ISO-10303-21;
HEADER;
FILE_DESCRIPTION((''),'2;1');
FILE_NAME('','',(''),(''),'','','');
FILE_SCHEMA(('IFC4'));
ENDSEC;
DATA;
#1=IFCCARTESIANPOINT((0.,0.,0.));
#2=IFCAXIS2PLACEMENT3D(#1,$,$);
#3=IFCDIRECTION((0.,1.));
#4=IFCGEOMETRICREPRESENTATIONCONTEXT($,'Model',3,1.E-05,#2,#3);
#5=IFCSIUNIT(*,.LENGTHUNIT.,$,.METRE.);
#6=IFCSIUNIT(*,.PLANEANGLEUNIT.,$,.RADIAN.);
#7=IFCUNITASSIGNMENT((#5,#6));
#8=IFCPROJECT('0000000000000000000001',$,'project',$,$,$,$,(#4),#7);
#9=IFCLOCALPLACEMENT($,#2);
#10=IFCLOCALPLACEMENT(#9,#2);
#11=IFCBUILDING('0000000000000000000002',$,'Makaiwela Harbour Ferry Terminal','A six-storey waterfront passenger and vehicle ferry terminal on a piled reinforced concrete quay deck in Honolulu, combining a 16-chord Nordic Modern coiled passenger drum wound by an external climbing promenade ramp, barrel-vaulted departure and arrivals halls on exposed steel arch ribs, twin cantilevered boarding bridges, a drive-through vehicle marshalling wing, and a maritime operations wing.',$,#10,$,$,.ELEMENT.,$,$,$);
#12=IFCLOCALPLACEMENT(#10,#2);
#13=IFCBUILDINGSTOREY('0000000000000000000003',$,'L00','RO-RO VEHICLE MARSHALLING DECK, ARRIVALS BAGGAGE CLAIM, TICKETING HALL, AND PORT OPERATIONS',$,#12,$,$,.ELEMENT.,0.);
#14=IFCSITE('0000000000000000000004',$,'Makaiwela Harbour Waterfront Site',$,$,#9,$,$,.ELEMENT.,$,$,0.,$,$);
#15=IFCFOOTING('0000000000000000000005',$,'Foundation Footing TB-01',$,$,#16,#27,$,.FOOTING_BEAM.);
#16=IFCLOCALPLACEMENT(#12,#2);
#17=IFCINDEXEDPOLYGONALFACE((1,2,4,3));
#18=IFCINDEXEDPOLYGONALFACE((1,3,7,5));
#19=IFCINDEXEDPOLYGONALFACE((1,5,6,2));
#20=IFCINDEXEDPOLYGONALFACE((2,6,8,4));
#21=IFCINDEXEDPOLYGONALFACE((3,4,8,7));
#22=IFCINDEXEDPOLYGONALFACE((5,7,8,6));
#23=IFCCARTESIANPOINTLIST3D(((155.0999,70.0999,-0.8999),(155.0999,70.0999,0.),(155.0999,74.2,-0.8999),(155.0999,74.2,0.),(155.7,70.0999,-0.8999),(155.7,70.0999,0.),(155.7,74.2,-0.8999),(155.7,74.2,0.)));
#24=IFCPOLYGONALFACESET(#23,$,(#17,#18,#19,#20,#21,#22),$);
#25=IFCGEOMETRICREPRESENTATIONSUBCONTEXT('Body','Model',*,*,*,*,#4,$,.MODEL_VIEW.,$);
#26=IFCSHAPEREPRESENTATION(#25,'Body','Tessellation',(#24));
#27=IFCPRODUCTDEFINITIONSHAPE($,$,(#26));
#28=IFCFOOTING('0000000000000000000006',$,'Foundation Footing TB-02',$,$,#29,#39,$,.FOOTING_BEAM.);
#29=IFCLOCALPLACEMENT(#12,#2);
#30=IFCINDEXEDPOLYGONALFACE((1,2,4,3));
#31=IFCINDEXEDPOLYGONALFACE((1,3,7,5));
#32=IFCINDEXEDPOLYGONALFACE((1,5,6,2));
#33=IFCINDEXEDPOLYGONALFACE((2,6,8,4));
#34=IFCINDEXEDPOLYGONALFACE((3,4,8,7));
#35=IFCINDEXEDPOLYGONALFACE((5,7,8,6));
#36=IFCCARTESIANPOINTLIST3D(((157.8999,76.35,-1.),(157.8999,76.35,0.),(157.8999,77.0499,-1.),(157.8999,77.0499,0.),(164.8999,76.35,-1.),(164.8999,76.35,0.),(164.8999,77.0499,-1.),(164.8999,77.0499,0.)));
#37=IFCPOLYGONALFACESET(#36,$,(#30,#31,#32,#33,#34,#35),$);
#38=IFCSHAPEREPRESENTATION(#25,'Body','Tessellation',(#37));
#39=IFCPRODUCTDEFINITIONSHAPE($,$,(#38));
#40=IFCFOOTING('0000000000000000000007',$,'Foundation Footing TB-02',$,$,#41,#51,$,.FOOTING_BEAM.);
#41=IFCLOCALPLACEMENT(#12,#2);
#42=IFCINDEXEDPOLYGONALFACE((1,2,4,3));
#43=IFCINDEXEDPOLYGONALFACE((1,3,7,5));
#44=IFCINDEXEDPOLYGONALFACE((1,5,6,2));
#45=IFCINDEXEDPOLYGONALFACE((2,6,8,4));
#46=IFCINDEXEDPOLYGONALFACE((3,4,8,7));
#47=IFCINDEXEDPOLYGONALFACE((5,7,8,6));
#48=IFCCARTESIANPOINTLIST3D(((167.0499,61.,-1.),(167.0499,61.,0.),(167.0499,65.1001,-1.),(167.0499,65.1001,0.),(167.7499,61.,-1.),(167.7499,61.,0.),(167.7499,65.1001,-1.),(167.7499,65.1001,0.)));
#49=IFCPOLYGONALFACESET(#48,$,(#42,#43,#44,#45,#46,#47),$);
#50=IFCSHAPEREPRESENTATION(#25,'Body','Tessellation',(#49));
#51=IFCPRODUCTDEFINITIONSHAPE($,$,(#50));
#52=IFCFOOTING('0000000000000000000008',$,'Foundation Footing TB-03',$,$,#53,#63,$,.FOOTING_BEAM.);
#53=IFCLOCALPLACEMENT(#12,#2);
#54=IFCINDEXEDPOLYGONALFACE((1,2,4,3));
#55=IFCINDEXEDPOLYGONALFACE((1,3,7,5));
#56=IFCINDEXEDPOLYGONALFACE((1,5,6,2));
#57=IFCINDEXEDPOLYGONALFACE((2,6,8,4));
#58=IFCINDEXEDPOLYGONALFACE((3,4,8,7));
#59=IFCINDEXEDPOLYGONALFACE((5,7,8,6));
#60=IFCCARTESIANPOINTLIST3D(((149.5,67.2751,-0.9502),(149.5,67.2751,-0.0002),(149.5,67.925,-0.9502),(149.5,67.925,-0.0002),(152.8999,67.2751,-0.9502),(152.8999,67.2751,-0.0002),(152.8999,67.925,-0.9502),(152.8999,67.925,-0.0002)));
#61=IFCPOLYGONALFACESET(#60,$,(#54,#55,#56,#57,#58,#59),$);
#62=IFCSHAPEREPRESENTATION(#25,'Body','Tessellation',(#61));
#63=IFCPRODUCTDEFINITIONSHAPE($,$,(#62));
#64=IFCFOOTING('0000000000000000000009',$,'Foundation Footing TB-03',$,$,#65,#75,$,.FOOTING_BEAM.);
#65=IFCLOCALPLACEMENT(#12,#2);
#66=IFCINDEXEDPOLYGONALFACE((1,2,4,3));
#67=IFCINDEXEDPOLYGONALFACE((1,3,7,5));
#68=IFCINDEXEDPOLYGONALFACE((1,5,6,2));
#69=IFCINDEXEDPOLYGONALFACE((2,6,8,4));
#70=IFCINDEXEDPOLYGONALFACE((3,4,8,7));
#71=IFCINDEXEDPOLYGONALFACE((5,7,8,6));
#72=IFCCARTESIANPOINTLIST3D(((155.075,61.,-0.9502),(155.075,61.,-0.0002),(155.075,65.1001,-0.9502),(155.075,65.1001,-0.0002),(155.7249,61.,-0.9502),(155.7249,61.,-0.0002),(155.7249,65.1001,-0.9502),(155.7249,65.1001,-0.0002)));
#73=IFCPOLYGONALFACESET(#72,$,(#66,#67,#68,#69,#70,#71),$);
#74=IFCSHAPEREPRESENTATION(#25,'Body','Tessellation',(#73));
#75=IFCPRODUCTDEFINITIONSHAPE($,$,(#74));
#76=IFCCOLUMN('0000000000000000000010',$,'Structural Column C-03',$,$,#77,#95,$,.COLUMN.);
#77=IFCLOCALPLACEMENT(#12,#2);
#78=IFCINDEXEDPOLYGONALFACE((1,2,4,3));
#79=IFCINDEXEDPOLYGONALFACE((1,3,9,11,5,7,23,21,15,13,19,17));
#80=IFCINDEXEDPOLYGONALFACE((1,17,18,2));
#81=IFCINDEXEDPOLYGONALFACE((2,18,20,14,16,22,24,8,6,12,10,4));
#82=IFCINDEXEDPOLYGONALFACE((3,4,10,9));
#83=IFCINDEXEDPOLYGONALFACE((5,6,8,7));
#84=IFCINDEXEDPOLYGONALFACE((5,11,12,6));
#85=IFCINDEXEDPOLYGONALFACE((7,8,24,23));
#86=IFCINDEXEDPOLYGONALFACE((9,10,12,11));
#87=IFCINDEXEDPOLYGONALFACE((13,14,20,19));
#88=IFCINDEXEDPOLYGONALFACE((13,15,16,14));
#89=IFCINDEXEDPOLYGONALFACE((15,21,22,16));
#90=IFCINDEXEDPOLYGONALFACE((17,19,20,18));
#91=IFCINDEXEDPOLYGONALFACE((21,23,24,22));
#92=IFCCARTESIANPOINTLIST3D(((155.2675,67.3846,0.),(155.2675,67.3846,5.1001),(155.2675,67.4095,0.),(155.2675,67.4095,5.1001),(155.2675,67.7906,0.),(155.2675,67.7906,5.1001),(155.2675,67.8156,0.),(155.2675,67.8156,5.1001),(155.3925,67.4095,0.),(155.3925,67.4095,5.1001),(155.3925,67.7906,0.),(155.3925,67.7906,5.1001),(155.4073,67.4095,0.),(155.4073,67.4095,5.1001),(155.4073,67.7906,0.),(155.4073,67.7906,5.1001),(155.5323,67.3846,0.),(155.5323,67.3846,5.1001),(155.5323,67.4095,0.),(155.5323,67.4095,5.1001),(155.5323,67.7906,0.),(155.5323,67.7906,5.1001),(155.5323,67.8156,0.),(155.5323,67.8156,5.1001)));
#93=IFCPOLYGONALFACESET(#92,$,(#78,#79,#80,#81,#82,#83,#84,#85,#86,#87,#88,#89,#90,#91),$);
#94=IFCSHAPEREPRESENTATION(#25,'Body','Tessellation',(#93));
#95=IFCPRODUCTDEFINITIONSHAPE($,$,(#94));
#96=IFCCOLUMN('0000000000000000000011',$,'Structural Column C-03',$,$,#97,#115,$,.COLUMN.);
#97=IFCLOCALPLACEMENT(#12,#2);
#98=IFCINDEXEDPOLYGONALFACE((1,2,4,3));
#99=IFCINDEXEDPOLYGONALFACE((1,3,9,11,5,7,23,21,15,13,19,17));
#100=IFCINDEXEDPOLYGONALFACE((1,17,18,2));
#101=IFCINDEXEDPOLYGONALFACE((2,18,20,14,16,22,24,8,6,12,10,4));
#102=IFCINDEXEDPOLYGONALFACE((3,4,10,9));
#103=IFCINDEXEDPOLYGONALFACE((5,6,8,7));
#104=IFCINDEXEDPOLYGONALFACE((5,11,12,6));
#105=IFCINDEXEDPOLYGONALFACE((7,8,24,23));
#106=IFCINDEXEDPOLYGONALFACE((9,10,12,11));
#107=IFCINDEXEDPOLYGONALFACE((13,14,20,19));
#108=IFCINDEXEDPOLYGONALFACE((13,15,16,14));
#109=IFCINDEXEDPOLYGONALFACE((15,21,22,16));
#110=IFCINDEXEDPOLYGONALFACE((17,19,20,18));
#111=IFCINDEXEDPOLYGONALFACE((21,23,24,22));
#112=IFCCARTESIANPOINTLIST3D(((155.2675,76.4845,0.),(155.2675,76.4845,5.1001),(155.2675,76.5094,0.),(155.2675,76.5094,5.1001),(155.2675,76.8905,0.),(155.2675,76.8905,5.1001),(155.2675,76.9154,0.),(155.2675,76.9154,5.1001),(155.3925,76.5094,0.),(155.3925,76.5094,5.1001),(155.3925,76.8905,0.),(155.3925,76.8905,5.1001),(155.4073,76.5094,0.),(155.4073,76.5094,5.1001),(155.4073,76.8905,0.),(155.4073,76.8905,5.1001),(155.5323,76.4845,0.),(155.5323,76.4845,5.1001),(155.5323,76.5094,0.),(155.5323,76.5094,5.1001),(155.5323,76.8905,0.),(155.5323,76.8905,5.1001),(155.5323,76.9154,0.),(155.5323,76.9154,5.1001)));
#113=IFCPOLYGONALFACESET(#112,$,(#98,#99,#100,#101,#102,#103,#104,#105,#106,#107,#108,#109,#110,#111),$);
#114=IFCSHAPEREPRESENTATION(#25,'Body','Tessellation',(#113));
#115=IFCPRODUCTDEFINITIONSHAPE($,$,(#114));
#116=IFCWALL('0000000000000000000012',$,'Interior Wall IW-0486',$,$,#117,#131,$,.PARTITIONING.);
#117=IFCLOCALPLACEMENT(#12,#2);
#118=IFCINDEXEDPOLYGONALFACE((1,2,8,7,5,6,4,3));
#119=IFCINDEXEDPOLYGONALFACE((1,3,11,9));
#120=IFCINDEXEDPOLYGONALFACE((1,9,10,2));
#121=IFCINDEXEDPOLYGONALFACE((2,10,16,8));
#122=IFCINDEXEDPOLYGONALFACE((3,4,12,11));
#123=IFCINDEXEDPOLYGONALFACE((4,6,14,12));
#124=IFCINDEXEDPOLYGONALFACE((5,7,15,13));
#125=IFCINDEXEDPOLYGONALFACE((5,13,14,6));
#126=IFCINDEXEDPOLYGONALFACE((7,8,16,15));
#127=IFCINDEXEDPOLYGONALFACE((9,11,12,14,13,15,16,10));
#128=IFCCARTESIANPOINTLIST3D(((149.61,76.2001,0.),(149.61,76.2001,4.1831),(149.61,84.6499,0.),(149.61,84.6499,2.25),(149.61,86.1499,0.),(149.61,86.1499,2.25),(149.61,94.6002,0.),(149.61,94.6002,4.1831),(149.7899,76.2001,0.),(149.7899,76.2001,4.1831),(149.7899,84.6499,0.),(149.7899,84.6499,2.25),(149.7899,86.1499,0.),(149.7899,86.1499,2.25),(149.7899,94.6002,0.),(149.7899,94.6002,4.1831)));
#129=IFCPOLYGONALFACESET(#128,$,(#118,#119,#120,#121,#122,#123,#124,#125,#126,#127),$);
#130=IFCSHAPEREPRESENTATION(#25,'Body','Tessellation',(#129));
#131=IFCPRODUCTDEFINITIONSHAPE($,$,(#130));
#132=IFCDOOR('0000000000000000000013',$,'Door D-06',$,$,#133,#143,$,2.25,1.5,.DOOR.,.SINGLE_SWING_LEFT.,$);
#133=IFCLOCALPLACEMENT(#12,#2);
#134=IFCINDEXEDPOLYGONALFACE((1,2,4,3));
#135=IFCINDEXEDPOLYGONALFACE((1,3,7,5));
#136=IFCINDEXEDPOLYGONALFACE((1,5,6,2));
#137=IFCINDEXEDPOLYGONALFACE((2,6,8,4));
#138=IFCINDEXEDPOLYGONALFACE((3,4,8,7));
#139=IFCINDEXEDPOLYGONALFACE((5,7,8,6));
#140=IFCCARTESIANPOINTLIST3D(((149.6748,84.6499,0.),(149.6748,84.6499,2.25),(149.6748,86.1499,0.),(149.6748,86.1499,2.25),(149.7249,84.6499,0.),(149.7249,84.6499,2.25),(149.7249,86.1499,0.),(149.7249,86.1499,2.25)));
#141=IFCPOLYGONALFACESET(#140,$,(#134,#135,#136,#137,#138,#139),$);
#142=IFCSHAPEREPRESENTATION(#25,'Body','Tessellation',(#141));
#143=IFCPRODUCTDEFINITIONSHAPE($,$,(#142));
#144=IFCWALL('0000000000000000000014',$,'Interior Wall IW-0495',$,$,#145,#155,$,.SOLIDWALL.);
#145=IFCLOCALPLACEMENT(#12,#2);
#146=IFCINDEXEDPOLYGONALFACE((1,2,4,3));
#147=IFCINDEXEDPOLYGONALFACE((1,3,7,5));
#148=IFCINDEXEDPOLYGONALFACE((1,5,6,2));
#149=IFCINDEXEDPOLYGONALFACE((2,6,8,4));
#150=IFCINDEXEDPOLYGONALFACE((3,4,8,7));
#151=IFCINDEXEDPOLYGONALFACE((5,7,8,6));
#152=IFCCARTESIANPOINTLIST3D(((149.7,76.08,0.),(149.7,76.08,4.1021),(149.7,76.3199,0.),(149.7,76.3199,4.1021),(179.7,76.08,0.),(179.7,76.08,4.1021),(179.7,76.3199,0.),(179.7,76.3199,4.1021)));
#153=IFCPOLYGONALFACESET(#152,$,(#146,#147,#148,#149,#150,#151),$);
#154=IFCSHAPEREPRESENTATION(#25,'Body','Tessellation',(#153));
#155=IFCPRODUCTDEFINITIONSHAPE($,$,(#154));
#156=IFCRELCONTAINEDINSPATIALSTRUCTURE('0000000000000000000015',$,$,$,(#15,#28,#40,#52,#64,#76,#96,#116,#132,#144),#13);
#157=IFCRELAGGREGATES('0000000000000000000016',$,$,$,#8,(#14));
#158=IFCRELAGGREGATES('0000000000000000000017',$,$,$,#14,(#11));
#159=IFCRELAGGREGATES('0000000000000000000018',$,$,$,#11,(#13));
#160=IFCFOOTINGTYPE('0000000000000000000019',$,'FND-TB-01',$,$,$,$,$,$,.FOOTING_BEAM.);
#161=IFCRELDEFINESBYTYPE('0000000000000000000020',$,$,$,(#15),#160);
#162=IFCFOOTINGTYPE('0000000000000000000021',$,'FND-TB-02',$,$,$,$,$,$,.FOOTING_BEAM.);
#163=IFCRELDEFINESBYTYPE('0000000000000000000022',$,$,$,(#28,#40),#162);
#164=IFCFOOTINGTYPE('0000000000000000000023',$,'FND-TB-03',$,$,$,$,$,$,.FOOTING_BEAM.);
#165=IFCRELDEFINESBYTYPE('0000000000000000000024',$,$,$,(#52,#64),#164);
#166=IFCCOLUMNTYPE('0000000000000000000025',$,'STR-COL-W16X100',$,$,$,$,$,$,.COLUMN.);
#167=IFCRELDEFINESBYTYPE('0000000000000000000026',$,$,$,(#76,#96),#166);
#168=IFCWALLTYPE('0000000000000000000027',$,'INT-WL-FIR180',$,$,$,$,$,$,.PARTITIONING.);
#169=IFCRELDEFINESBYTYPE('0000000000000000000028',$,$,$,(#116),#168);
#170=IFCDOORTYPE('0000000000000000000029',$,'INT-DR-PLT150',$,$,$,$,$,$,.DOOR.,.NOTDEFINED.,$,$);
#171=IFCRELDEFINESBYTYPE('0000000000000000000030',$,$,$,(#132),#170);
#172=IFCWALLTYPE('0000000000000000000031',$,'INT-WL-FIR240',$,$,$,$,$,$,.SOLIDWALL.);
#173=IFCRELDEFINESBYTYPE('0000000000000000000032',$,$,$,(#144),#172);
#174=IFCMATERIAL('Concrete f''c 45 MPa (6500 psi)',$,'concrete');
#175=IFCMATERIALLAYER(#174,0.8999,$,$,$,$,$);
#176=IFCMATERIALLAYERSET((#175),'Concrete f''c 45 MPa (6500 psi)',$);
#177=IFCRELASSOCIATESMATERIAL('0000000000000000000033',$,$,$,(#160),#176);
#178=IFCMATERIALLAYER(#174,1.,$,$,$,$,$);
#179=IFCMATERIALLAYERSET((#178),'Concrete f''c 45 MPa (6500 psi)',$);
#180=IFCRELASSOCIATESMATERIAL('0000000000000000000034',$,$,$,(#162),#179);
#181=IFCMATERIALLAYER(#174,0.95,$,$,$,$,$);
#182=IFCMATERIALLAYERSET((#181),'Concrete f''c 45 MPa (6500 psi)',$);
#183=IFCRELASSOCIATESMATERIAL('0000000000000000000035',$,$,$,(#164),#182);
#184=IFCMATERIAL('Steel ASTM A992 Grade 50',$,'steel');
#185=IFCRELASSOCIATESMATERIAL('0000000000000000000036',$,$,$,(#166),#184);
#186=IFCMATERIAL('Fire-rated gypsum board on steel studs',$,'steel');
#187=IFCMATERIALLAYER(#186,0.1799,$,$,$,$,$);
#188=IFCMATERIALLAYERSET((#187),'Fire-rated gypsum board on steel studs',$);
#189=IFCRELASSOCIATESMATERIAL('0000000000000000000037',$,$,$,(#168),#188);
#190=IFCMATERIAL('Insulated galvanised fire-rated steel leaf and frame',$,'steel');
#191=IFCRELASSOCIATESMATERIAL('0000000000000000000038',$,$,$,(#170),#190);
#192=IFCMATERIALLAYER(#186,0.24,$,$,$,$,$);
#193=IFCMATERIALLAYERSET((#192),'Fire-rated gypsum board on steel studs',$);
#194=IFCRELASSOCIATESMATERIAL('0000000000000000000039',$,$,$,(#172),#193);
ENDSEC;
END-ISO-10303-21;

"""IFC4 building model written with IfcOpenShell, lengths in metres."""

from ifc_helpers import new_model, si_unit, direction, frame, frame_2d, origin, origin_2d, place, context, subcontext, project, spatial, rectangle, i_section, extrude, material, layer, layer_set, material_profile, profile_set, type_object, element, fill, save


model = new_model("IFC4")

# Units and contexts
model_context = context("Model", 3, precision=1e-05, world=origin(), true_north=direction((0.0, 1.0)))
body_context = subcontext(model_context, "Body", "Model", "MODEL_VIEW")
ifc_project = project(units=[si_unit("LENGTHUNIT", "METRE"), si_unit("PLANEANGLEUNIT", "RADIAN")], contexts=[model_context])

# Site, building, storey
site_placement = place(None, origin())
site = spatial("IfcSite", under=ifc_project, at=site_placement, Name="Makaiwela Harbour Waterfront Site", CompositionType="ELEMENT", RefElevation=0.0)
building_placement = place(site_placement, origin())
building = spatial("IfcBuilding", under=site, at=building_placement, Name="Makaiwela Harbour Ferry Terminal", Description="A six-storey waterfront passenger and vehicle ferry terminal on a piled reinforced concrete quay deck in Honolulu, combining a 16-chord Nordic Modern coiled passenger drum wound by an external climbing promenade ramp, barrel-vaulted departure and arrivals halls on exposed steel arch ribs, twin cantilevered boarding bridges, a drive-through vehicle marshalling wing, and a maritime operations wing.", CompositionType="ELEMENT")
storey_placement = place(building_placement, origin())
storey = spatial("IfcBuildingStorey", under=building, at=storey_placement, Name="L00", Description="RO-RO VEHICLE MARSHALLING DECK, ARRIVALS BAGGAGE CLAIM, TICKETING HALL, AND PORT OPERATIONS", CompositionType="ELEMENT", Elevation=0.0)

# Shared definitions
ifc_material_1 = material(Name="Concrete f'c 45 MPa (6500 psi)", Category="concrete")

# Footings
ifc_layer_1 = layer(ifc_material_1, 0.8999)
ifc_layer_set_1 = layer_set([ifc_layer_1], Name="Concrete f'c 45 MPa (6500 psi)")
footing_type_1 = type_object("IfcFootingType", Name="FND-TB-01", PredefinedType="FOOTING_BEAM", material=ifc_layer_set_1)
footing_1_placement = place(storey_placement, frame((155.3999, 72.1499, -0.8999), z_axis=(0.0, 0.0, 1.0), x_axis=(0.0, 1.0, 0.0)))
element("IfcFooting", 1, at=footing_1_placement, inside=storey, type_object=footing_type_1, Name="Foundation Footing TB-01", PredefinedType="FOOTING_BEAM", context=body_context, shape_type="SweptSolid", body=[
    extrude(rectangle(XDim=4.1001, YDim=0.6001, at=origin_2d()), origin(), (0.0, 0.0, 1.0), 0.8999),
])
ifc_layer_2 = layer(ifc_material_1, 1.0)
ifc_layer_set_2 = layer_set([ifc_layer_2], Name="Concrete f'c 45 MPa (6500 psi)")
footing_type_2 = type_object("IfcFootingType", Name="FND-TB-02", PredefinedType="FOOTING_BEAM", material=ifc_layer_set_2)
footing_2_placement = place(storey_placement, frame((161.3999, 76.7, -1.0), z_axis=(0.0, 0.0, 1.0), x_axis=(1.0, 0.0, 0.0)))
element("IfcFooting", 2, at=footing_2_placement, inside=storey, type_object=footing_type_2, Name="Foundation Footing TB-02", PredefinedType="FOOTING_BEAM", context=body_context, shape_type="SweptSolid", body=[
    extrude(rectangle(XDim=7.0, YDim=0.7, at=origin_2d()), origin(), (0.0, 0.0, 1.0), 1.0),
])
footing_3_placement = place(storey_placement, frame((167.3999, 63.05, -1.0), z_axis=(0.0, 0.0, 1.0), x_axis=(0.0, 1.0, 0.0)))
element("IfcFooting", 3, at=footing_3_placement, inside=storey, type_object=footing_type_2, Name="Foundation Footing TB-02", PredefinedType="FOOTING_BEAM", context=body_context, shape_type="SweptSolid", body=[
    extrude(rectangle(XDim=4.1001, YDim=0.7, at=origin_2d()), origin(), (0.0, 0.0, 1.0), 1.0),
])
ifc_layer_3 = layer(ifc_material_1, 0.95)
ifc_layer_set_3 = layer_set([ifc_layer_3], Name="Concrete f'c 45 MPa (6500 psi)")
footing_type_3 = type_object("IfcFootingType", Name="FND-TB-03", PredefinedType="FOOTING_BEAM", material=ifc_layer_set_3)
footing_4_placement = place(storey_placement, frame((151.2, 67.6001, -0.9502), z_axis=(0.0, 0.0, 1.0), x_axis=(1.0, 0.0, 0.0)))
element("IfcFooting", 4, at=footing_4_placement, inside=storey, type_object=footing_type_3, Name="Foundation Footing TB-03", PredefinedType="FOOTING_BEAM", context=body_context, shape_type="SweptSolid", body=[
    extrude(rectangle(XDim=3.3999, YDim=0.6499, at=origin_2d()), origin(), (0.0, 0.0, 1.0), 0.95),
])
footing_5_placement = place(storey_placement, frame((155.3999, 63.05, -0.9502), z_axis=(0.0, 0.0, 1.0), x_axis=(0.0, 1.0, 0.0)))
element("IfcFooting", 5, at=footing_5_placement, inside=storey, type_object=footing_type_3, Name="Foundation Footing TB-03", PredefinedType="FOOTING_BEAM", context=body_context, shape_type="SweptSolid", body=[
    extrude(rectangle(XDim=4.1001, YDim=0.6499, at=origin_2d()), origin(), (0.0, 0.0, 1.0), 0.95),
])

# Columns
ifc_material_2 = material(Name="Steel ASTM A992 Grade 50", Category="steel")
ifc_material_profile_1 = material_profile(ifc_material_2, i_section(OverallWidth=0.2649, OverallDepth=0.4309, WebThickness=0.0149, FlangeThickness=0.0249, at=origin_2d()), Name="W16X100")
ifc_profile_set_1 = profile_set([ifc_material_profile_1], Name="Steel ASTM A992 Grade 50")
column_type = type_object("IfcColumnType", Name="STR-COL-W16X100", PredefinedType="COLUMN", material=ifc_profile_set_1)
for number, where, z_axis, x_axis, name in (
    (6, (155.3999, 67.6001, 0.0), (0.0, 0.0, 1.0), (1.0, 0.0, 0.0), "Structural Column C-03"),
    (7, (155.3999, 76.7, 0.0), (0.0, 0.0, 1.0), (1.0, 0.0, 0.0), "Structural Column C-03"),
):
    element("IfcColumn", number, at=place(storey_placement, frame(where, z_axis=z_axis, x_axis=x_axis)), inside=storey, type_object=column_type, Name=name, PredefinedType="COLUMN", context=body_context, shape_type="SweptSolid", body=[
        extrude(i_section(OverallWidth=0.2649, OverallDepth=0.4309, WebThickness=0.0149, FlangeThickness=0.0249, at=origin_2d()), origin(), (0.0, 0.0, 1.0), 5.1001),
    ])

# Wall, opening, door
ifc_material_3 = material(Name="Fire-rated gypsum board on steel studs", Category="steel")
ifc_layer_4 = layer(ifc_material_3, 0.1799)
ifc_layer_set_4 = layer_set([ifc_layer_4], Name="Fire-rated gypsum board on steel studs")
wall_type_1 = type_object("IfcWallType", Name="INT-WL-FIR180", PredefinedType="PARTITIONING", material=ifc_layer_set_4)
wall_1_placement = place(storey_placement, frame((149.7, 76.2, 0.0), z_axis=(0.0, 0.0, 1.0), x_axis=(0.0, 1.0, 0.0)))
wall_1 = element("IfcWall", 8, at=wall_1_placement, inside=storey, type_object=wall_type_1, Name="Interior Wall IW-0486", PredefinedType="PARTITIONING", context=body_context, shape_type="SweptSolid", body=[
    extrude(rectangle(XDim=18.4001, YDim=0.1799, at=frame_2d((9.2002, 0.0))), origin(), (0.0, 0.0, 1.0), 4.1831),
])
opening_placement = place(wall_1_placement, frame((8.45, 0.0, 0.0)))
opening = element("IfcOpeningElement", 9, at=opening_placement, cuts=wall_1, PredefinedType="OPENING", context=body_context, shape_type="SweptSolid", body=[
    extrude(rectangle(XDim=1.5, YDim=2.25, at=frame_2d((0.75, 1.125))), frame((0.0, 0.0999, 0.0), z_axis=(0.0, -1.0, 0.0), x_axis=(1.0, 0.0, 0.0)), (0.0, 0.0, 1.0), 0.2),
])
ifc_material_4 = material(Name="Insulated galvanised fire-rated steel leaf and frame", Category="steel")
door_type = type_object("IfcDoorType", Name="INT-DR-PLT150", OperationType="NOTDEFINED", PredefinedType="DOOR", material=ifc_material_4)
door_placement = place(opening_placement, frame((1.5, 0.0, 0.0), z_axis=(0.0, 0.0, 1.0), x_axis=(-1.0, 0.0, 0.0)))
door = element("IfcDoor", 10, at=door_placement, inside=storey, type_object=door_type, Name="Door D-06", OperationType="SINGLE_SWING_LEFT", OverallHeight=2.25, OverallWidth=1.5, PredefinedType="DOOR", context=body_context, shape_type="SweptSolid", body=[
    extrude(rectangle(XDim=1.5, YDim=2.25, at=frame_2d((0.75, 1.125))), frame((0.0, 0.0249, 0.0), z_axis=(0.0, -1.0, 0.0), x_axis=(1.0, 0.0, 0.0)), (0.0, 0.0, 1.0), 0.05),
])
fill(opening, door)

# Wall
ifc_layer_5 = layer(ifc_material_3, 0.24)
ifc_layer_set_5 = layer_set([ifc_layer_5], Name="Fire-rated gypsum board on steel studs")
wall_type_2 = type_object("IfcWallType", Name="INT-WL-FIR240", PredefinedType="SOLIDWALL", material=ifc_layer_set_5)
wall_2_placement = place(storey_placement, frame((149.7, 76.2, 0.0), z_axis=(0.0, 0.0, 1.0), x_axis=(1.0, 0.0, 0.0)))
element("IfcWall", 11, at=wall_2_placement, inside=storey, type_object=wall_type_2, Name="Interior Wall IW-0495", PredefinedType="SOLIDWALL", context=body_context, shape_type="SweptSolid", body=[
    extrude(rectangle(XDim=30.0, YDim=0.24, at=frame_2d((15.0, 0.0))), origin(), (0.0, 0.0, 1.0), 4.1021),
])

save(model, "model.ifc")
